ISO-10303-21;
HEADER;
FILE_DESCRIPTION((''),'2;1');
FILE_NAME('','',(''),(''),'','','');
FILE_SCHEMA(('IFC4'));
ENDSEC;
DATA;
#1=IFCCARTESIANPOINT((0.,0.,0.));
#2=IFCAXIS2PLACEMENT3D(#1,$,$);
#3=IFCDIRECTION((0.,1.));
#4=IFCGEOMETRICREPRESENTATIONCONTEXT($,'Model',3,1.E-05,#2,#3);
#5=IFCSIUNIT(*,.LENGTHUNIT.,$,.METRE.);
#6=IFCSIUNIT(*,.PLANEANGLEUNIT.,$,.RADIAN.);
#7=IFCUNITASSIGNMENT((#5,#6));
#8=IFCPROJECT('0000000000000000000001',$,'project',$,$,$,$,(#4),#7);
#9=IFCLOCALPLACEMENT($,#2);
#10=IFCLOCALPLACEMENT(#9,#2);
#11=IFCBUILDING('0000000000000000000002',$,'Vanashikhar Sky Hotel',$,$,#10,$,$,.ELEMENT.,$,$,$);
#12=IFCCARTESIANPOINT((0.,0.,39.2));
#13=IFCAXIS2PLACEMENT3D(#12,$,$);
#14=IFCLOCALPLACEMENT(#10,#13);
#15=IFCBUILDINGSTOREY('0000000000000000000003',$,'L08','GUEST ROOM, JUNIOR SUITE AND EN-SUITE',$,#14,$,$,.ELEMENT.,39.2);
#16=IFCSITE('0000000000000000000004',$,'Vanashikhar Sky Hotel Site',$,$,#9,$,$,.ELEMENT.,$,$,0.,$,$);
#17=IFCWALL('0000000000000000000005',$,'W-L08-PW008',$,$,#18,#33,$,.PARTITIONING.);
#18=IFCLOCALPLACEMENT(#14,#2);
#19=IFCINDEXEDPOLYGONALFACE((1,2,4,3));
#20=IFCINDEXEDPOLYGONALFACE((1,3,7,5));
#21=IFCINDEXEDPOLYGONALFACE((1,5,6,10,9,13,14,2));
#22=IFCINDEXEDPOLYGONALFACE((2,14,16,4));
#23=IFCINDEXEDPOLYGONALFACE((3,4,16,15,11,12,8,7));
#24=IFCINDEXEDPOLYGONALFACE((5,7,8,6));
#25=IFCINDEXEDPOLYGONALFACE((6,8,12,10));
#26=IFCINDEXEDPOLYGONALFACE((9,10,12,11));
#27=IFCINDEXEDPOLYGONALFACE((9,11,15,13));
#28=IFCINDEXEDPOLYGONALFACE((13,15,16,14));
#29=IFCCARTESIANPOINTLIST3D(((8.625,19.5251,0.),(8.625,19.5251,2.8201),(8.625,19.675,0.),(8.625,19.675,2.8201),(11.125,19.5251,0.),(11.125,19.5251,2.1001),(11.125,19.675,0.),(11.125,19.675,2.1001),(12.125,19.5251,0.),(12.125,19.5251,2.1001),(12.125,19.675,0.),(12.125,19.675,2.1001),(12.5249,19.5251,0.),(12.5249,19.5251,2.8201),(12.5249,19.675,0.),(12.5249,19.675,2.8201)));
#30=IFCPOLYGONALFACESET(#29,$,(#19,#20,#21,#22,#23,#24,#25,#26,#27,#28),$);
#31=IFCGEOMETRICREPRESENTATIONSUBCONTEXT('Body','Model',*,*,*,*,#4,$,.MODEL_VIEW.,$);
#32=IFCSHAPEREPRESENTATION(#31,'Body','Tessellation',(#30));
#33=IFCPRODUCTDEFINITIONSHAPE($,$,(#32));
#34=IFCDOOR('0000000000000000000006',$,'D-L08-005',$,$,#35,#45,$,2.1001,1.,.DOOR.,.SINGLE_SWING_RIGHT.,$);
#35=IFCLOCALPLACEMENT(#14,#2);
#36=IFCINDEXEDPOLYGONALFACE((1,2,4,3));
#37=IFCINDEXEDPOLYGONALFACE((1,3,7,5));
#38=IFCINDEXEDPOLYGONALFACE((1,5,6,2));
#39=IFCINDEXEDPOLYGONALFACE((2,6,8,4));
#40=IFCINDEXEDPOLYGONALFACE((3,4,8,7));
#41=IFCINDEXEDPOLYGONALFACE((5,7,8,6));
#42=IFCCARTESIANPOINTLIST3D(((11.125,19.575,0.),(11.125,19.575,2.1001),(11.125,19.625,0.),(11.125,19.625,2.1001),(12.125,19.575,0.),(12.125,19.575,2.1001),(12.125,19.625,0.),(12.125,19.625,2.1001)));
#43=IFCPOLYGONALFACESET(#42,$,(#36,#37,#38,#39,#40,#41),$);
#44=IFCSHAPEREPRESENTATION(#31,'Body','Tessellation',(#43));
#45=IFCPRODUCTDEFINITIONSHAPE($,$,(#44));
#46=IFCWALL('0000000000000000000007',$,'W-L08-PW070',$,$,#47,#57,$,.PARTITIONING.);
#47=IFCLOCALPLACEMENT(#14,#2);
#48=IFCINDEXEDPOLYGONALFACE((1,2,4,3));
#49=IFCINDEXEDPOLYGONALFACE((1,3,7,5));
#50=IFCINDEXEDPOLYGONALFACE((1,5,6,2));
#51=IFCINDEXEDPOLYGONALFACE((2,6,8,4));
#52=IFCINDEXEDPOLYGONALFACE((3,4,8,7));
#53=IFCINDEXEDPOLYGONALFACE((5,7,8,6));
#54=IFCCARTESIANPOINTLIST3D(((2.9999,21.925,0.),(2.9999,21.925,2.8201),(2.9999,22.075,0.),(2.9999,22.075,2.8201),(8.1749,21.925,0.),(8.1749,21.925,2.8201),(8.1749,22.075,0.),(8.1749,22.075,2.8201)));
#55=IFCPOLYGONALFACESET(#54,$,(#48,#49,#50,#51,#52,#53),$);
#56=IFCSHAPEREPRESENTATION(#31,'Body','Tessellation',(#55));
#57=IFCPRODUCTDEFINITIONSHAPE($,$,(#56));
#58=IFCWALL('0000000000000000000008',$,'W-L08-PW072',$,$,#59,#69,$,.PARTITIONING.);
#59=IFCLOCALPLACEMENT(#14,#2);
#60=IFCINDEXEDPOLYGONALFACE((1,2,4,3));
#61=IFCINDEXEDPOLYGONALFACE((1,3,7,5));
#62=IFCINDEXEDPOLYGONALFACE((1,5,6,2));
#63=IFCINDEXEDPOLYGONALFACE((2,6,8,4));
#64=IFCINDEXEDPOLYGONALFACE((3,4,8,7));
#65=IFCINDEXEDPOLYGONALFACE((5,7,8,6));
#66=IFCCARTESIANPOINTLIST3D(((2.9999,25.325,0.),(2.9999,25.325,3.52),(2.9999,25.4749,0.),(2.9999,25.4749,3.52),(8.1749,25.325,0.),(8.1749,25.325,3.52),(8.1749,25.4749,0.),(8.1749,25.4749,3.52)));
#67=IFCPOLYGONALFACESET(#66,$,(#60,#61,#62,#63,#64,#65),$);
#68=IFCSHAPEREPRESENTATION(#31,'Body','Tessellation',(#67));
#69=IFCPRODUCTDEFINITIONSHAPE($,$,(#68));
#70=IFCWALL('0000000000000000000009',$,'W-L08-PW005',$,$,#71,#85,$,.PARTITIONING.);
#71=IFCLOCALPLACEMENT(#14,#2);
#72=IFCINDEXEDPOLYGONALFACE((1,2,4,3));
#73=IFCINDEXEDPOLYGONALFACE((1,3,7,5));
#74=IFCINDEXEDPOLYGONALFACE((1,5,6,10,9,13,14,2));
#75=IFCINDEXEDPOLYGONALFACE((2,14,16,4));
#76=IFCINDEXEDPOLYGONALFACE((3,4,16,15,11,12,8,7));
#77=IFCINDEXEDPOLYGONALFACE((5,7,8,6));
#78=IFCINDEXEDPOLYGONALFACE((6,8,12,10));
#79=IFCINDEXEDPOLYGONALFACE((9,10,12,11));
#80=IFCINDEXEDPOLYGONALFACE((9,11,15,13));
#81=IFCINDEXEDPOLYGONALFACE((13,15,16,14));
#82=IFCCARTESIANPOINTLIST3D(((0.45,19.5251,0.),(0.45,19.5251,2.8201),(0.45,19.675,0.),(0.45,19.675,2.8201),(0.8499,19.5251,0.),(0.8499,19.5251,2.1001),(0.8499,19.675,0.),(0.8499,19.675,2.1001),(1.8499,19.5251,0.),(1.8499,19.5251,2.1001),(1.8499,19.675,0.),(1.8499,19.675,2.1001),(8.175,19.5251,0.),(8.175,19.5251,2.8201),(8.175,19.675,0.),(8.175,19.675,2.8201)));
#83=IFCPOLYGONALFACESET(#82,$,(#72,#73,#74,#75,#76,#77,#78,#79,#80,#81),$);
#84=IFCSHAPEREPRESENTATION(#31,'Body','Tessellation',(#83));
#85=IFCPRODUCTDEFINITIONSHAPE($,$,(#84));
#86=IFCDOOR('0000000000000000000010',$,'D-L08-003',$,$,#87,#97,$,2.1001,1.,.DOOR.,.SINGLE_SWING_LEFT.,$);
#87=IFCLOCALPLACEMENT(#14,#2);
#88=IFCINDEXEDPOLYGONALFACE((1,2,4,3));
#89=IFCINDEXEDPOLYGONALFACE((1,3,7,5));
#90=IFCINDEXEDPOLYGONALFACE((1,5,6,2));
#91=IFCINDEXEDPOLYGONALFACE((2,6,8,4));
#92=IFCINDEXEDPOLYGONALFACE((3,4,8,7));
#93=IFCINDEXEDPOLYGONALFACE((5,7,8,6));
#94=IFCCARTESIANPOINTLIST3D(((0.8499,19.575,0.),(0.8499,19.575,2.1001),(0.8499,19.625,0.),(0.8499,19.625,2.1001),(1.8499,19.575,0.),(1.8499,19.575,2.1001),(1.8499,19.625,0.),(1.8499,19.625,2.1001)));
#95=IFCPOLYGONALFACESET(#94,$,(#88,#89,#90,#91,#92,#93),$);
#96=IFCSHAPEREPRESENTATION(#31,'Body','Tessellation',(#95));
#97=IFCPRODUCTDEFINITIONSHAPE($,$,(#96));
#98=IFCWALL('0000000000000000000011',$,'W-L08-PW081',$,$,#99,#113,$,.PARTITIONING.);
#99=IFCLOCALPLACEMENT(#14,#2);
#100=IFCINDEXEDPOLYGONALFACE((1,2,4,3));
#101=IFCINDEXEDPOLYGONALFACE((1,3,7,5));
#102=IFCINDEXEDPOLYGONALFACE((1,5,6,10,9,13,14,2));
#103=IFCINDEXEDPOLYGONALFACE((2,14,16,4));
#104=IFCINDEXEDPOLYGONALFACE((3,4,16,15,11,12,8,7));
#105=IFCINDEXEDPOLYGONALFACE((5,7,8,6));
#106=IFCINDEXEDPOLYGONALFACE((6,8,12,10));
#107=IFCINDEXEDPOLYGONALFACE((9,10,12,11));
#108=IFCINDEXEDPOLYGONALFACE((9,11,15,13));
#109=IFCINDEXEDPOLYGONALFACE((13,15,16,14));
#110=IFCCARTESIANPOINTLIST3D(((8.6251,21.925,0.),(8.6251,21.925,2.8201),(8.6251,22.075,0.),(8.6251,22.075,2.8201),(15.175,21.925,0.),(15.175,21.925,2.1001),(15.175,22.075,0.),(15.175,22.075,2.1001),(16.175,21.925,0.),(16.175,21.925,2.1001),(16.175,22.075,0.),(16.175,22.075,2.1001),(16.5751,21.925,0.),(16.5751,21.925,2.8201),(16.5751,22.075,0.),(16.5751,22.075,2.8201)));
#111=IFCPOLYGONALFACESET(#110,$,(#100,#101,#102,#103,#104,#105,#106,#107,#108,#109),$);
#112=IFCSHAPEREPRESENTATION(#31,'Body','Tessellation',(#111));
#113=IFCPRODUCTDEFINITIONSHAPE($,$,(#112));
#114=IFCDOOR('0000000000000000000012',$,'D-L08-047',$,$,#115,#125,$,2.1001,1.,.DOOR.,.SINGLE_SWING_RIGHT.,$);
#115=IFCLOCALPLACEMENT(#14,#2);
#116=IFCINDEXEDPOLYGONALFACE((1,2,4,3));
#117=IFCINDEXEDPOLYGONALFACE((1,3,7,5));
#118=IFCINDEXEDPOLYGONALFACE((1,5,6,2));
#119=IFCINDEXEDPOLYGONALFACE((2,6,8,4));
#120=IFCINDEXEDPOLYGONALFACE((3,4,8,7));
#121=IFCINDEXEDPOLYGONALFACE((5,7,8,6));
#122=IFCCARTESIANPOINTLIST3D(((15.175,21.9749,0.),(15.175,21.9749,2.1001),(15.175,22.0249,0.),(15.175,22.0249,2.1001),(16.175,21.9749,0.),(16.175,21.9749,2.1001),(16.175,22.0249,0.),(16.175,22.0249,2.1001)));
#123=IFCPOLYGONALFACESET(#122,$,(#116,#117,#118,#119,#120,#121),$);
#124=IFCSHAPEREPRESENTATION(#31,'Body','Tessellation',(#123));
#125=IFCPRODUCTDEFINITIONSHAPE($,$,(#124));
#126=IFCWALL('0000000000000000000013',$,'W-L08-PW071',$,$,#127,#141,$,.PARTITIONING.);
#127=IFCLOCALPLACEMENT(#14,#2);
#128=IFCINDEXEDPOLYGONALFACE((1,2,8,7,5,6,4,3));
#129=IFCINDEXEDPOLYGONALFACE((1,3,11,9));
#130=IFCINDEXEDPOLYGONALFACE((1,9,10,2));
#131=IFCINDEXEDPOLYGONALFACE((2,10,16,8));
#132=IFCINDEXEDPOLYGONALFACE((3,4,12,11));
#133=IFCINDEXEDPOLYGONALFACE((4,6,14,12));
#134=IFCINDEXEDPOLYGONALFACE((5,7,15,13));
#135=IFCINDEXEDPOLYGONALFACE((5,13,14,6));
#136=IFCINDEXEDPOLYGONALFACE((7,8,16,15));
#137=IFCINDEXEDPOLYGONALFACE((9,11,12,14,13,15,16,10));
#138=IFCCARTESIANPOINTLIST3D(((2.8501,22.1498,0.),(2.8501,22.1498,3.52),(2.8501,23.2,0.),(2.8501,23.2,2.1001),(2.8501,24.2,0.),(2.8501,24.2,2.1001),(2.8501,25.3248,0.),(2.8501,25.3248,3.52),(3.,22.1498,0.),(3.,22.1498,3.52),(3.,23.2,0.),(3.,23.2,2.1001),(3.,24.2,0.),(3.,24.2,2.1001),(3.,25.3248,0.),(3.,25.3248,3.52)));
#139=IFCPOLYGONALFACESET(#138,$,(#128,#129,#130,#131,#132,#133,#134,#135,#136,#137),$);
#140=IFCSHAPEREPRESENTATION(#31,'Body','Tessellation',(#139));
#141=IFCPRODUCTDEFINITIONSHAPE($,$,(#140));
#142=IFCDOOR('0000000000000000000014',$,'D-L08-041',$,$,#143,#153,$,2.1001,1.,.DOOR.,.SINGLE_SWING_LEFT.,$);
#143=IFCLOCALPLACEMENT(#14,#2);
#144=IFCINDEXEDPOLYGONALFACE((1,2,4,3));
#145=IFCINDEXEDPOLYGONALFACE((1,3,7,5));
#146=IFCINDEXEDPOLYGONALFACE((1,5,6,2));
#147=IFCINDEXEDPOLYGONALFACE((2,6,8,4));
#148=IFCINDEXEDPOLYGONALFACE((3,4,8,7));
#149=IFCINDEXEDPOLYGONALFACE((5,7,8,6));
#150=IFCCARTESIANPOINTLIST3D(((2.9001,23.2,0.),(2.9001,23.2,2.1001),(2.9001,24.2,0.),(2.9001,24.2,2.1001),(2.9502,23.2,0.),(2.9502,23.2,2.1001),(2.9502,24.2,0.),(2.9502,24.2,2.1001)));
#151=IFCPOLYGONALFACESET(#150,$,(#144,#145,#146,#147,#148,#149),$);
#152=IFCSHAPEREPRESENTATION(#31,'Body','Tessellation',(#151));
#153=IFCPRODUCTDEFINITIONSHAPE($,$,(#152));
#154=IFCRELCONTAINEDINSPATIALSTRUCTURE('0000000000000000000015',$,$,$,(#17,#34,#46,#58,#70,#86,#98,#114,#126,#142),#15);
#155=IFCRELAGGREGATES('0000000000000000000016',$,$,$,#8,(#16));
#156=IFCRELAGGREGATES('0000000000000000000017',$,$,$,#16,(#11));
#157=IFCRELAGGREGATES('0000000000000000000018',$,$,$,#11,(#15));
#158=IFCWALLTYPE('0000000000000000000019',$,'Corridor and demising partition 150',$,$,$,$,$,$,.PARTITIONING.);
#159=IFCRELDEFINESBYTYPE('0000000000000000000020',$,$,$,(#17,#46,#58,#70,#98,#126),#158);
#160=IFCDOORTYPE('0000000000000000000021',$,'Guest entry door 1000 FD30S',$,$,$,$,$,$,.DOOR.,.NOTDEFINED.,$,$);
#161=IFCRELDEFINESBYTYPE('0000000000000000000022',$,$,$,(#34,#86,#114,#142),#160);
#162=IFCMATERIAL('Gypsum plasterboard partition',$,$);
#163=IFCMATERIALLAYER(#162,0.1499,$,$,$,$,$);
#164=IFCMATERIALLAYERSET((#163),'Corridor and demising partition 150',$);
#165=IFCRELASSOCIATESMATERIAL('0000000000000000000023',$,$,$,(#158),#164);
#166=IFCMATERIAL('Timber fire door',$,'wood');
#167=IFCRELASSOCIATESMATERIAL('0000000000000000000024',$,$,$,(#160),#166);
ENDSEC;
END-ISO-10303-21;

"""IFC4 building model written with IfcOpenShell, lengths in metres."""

from ifc_helpers import new_model, si_unit, direction, frame, frame_2d, origin, place, context, subcontext, project, spatial, rectangle, extrude, source, transform, mapped, material, layer, layer_set, type_object, element, fill, save


model = new_model("IFC4")

# Units and contexts
model_context = context("Model", 3, precision=1e-05, world=origin(), true_north=direction((0.0, 1.0)))
body_context = subcontext(model_context, "Body", "Model", "MODEL_VIEW")
ifc_project = project(units=[si_unit("LENGTHUNIT", "METRE"), si_unit("PLANEANGLEUNIT", "RADIAN")], contexts=[model_context])

# Site, building, storey
site_placement = place(None, origin())
site = spatial("IfcSite", under=ifc_project, at=site_placement, Name="Vanashikhar Sky Hotel Site", CompositionType="ELEMENT", RefElevation=0.0)
building_placement = place(site_placement, origin())
building = spatial("IfcBuilding", under=site, at=building_placement, Name="Vanashikhar Sky Hotel", CompositionType="ELEMENT")
storey_placement = place(building_placement, frame((0.0, 0.0, 39.2)))
storey = spatial("IfcBuildingStorey", under=building, at=storey_placement, Name="L08", Description="GUEST ROOM, JUNIOR SUITE AND EN-SUITE", CompositionType="ELEMENT", Elevation=39.2)

# Wall, opening, door
ifc_material_1 = material(Name="Gypsum plasterboard partition")
ifc_layer_1 = layer(ifc_material_1, 0.1499)
ifc_layer_set_1 = layer_set([ifc_layer_1], Name="Corridor and demising partition 150")
wall_type_1 = type_object("IfcWallType", Name="Corridor and demising partition 150", PredefinedType="PARTITIONING", material=ifc_layer_set_1)
shared_shape_1 = source(origin(), body_context, "Body", "SweptSolid", [
    extrude(rectangle(XDim=3.8999, YDim=0.1499, at=frame_2d((1.95, 0.0))), origin(), (0.0, 0.0, 1.0), 2.8201),
])
wall_1_placement = place(storey_placement, frame((8.625, 19.6001, 0.0), z_axis=(0.0, 0.0, 1.0), x_axis=(1.0, 0.0, 0.0)))
wall_1 = element("IfcWall", 1, at=wall_1_placement, inside=storey, type_object=wall_type_1, Name="W-L08-PW008", PredefinedType="PARTITIONING", context=body_context, shape_type="MappedRepresentation", body=[
    mapped(shared_shape_1, transform((0.0, 0.0, 0.0), scale=1.0)),
])
shared_shape_2 = source(origin(), body_context, "Body", "SweptSolid", [
    extrude(rectangle(XDim=1.0, YDim=2.1001, at=frame_2d((0.5, 1.05))), frame((0.0, 0.085, 0.0), z_axis=(0.0, -1.0, 0.0), x_axis=(1.0, 0.0, 0.0)), (0.0, 0.0, 1.0), 0.1699),
])
opening_1_placement = place(wall_1_placement, frame((2.5, 0.0, 0.0)))
opening_1 = element("IfcOpeningElement", 2, at=opening_1_placement, cuts=wall_1, PredefinedType="OPENING", context=body_context, shape_type="MappedRepresentation", body=[
    mapped(shared_shape_2, transform((0.0, 0.0, 0.0), scale=1.0)),
])
ifc_material_2 = material(Name="Timber fire door", Category="wood")
door_type = type_object("IfcDoorType", Name="Guest entry door 1000 FD30S", OperationType="NOTDEFINED", PredefinedType="DOOR", material=ifc_material_2)
shared_shape_3 = source(origin(), body_context, "Body", "SweptSolid", [
    extrude(rectangle(XDim=1.0, YDim=2.1001, at=frame_2d((0.5, 1.05))), frame((0.0, 0.0249, 0.0), z_axis=(0.0, -1.0, 0.0), x_axis=(1.0, 0.0, 0.0)), (0.0, 0.0, 1.0), 0.05),
])
door_1_placement = place(opening_1_placement, origin())
door_1 = element("IfcDoor", 3, at=door_1_placement, inside=storey, type_object=door_type, Name="D-L08-005", OperationType="SINGLE_SWING_RIGHT", OverallHeight=2.1001, OverallWidth=1.0, PredefinedType="DOOR", context=body_context, shape_type="MappedRepresentation", body=[
    mapped(shared_shape_3, transform((0.0, 0.0, 0.0), scale=1.0)),
])
fill(opening_1, door_1)

# Walls
shared_shape_4 = source(origin(), body_context, "Body", "SweptSolid", [
    extrude(rectangle(XDim=5.175, YDim=0.1499, at=frame_2d((2.5874, 0.0))), origin(), (0.0, 0.0, 1.0), 2.8201),
])
wall_2_placement = place(storey_placement, frame((3.0, 22.0, 0.0), z_axis=(0.0, 0.0, 1.0), x_axis=(1.0, 0.0, 0.0)))
element("IfcWall", 4, at=wall_2_placement, inside=storey, type_object=wall_type_1, Name="W-L08-PW070", PredefinedType="PARTITIONING", context=body_context, shape_type="MappedRepresentation", body=[
    mapped(shared_shape_4, transform((0.0, 0.0, 0.0), scale=1.0)),
])
shared_shape_5 = source(origin(), body_context, "Body", "SweptSolid", [
    extrude(rectangle(XDim=5.175, YDim=0.1499, at=frame_2d((2.5874, 0.0))), origin(), (0.0, 0.0, 1.0), 3.52),
])
wall_3_placement = place(storey_placement, frame((3.0, 25.3999, 0.0), z_axis=(0.0, 0.0, 1.0), x_axis=(1.0, 0.0, 0.0)))
element("IfcWall", 5, at=wall_3_placement, inside=storey, type_object=wall_type_1, Name="W-L08-PW072", PredefinedType="PARTITIONING", context=body_context, shape_type="MappedRepresentation", body=[
    mapped(shared_shape_5, transform((0.0, 0.0, 0.0), scale=1.0)),
])

# Walls, openings, doors
shared_shape_6 = source(origin(), body_context, "Body", "SweptSolid", [
    extrude(rectangle(XDim=7.7251, YDim=0.1499, at=frame_2d((3.8625, 0.0))), origin(), (0.0, 0.0, 1.0), 2.8201),
])
wall_4_placement = place(storey_placement, frame((0.45, 19.6001, 0.0), z_axis=(0.0, 0.0, 1.0), x_axis=(1.0, 0.0, 0.0)))
wall_4 = element("IfcWall", 6, at=wall_4_placement, inside=storey, type_object=wall_type_1, Name="W-L08-PW005", PredefinedType="PARTITIONING", context=body_context, shape_type="MappedRepresentation", body=[
    mapped(shared_shape_6, transform((0.0, 0.0, 0.0), scale=1.0)),
])
opening_2_placement = place(wall_4_placement, frame((0.3999, 0.0, 0.0)))
opening_2 = element("IfcOpeningElement", 7, at=opening_2_placement, cuts=wall_4, PredefinedType="OPENING", context=body_context, shape_type="MappedRepresentation", body=[
    mapped(shared_shape_2, transform((0.0, 0.0, 0.0), scale=1.0)),
])
door_2_placement = place(opening_2_placement, origin())
door_2 = element("IfcDoor", 8, at=door_2_placement, inside=storey, type_object=door_type, Name="D-L08-003", OperationType="SINGLE_SWING_LEFT", OverallHeight=2.1001, OverallWidth=1.0, PredefinedType="DOOR", context=body_context, shape_type="MappedRepresentation", body=[
    mapped(shared_shape_3, transform((0.0, 0.0, 0.0), scale=1.0)),
])
fill(opening_2, door_2)
shared_shape_7 = source(origin(), body_context, "Body", "SweptSolid", [
    extrude(rectangle(XDim=7.95, YDim=0.1499, at=frame_2d((3.9751, 0.0))), origin(), (0.0, 0.0, 1.0), 2.8201),
])
wall_5_placement = place(storey_placement, frame((8.625, 22.0, 0.0), z_axis=(0.0, 0.0, 1.0), x_axis=(1.0, 0.0, 0.0)))
wall_5 = element("IfcWall", 9, at=wall_5_placement, inside=storey, type_object=wall_type_1, Name="W-L08-PW081", PredefinedType="PARTITIONING", context=body_context, shape_type="MappedRepresentation", body=[
    mapped(shared_shape_7, transform((0.0, 0.0, 0.0), scale=1.0)),
])
opening_3_placement = place(wall_5_placement, frame((6.55, 0.0, 0.0)))
opening_3 = element("IfcOpeningElement", 10, at=opening_3_placement, cuts=wall_5, PredefinedType="OPENING", context=body_context, shape_type="MappedRepresentation", body=[
    mapped(shared_shape_2, transform((0.0, 0.0, 0.0), scale=1.0)),
])
door_3_placement = place(opening_3_placement, origin())
door_3 = element("IfcDoor", 11, at=door_3_placement, inside=storey, type_object=door_type, Name="D-L08-047", OperationType="SINGLE_SWING_RIGHT", OverallHeight=2.1001, OverallWidth=1.0, PredefinedType="DOOR", context=body_context, shape_type="MappedRepresentation", body=[
    mapped(shared_shape_3, transform((0.0, 0.0, 0.0), scale=1.0)),
])
fill(opening_3, door_3)
shared_shape_8 = source(origin(), body_context, "Body", "SweptSolid", [
    extrude(rectangle(XDim=3.175, YDim=0.1499, at=frame_2d((1.5874, 0.0))), origin(), (0.0, 0.0, 1.0), 3.52),
])
wall_6_placement = place(storey_placement, frame((2.925, 22.1499, 0.0), z_axis=(0.0, 0.0, 1.0), x_axis=(0.0, 1.0, 0.0)))
wall_6 = element("IfcWall", 12, at=wall_6_placement, inside=storey, type_object=wall_type_1, Name="W-L08-PW071", PredefinedType="PARTITIONING", context=body_context, shape_type="MappedRepresentation", body=[
    mapped(shared_shape_8, transform((0.0, 0.0, 0.0), scale=1.0)),
])
opening_4_placement = place(wall_6_placement, frame((1.05, 0.0, 0.0)))
opening_4 = element("IfcOpeningElement", 13, at=opening_4_placement, cuts=wall_6, PredefinedType="OPENING", context=body_context, shape_type="MappedRepresentation", body=[
    mapped(shared_shape_2, transform((0.0, 0.0, 0.0), scale=1.0)),
])
door_4_placement = place(opening_4_placement, origin())
door_4 = element("IfcDoor", 14, at=door_4_placement, inside=storey, type_object=door_type, Name="D-L08-041", OperationType="SINGLE_SWING_LEFT", OverallHeight=2.1001, OverallWidth=1.0, PredefinedType="DOOR", context=body_context, shape_type="MappedRepresentation", body=[
    mapped(shared_shape_3, transform((0.0, 0.0, 0.0), scale=1.0)),
])
fill(opening_4, door_4)

save(model, "model.ifc")
